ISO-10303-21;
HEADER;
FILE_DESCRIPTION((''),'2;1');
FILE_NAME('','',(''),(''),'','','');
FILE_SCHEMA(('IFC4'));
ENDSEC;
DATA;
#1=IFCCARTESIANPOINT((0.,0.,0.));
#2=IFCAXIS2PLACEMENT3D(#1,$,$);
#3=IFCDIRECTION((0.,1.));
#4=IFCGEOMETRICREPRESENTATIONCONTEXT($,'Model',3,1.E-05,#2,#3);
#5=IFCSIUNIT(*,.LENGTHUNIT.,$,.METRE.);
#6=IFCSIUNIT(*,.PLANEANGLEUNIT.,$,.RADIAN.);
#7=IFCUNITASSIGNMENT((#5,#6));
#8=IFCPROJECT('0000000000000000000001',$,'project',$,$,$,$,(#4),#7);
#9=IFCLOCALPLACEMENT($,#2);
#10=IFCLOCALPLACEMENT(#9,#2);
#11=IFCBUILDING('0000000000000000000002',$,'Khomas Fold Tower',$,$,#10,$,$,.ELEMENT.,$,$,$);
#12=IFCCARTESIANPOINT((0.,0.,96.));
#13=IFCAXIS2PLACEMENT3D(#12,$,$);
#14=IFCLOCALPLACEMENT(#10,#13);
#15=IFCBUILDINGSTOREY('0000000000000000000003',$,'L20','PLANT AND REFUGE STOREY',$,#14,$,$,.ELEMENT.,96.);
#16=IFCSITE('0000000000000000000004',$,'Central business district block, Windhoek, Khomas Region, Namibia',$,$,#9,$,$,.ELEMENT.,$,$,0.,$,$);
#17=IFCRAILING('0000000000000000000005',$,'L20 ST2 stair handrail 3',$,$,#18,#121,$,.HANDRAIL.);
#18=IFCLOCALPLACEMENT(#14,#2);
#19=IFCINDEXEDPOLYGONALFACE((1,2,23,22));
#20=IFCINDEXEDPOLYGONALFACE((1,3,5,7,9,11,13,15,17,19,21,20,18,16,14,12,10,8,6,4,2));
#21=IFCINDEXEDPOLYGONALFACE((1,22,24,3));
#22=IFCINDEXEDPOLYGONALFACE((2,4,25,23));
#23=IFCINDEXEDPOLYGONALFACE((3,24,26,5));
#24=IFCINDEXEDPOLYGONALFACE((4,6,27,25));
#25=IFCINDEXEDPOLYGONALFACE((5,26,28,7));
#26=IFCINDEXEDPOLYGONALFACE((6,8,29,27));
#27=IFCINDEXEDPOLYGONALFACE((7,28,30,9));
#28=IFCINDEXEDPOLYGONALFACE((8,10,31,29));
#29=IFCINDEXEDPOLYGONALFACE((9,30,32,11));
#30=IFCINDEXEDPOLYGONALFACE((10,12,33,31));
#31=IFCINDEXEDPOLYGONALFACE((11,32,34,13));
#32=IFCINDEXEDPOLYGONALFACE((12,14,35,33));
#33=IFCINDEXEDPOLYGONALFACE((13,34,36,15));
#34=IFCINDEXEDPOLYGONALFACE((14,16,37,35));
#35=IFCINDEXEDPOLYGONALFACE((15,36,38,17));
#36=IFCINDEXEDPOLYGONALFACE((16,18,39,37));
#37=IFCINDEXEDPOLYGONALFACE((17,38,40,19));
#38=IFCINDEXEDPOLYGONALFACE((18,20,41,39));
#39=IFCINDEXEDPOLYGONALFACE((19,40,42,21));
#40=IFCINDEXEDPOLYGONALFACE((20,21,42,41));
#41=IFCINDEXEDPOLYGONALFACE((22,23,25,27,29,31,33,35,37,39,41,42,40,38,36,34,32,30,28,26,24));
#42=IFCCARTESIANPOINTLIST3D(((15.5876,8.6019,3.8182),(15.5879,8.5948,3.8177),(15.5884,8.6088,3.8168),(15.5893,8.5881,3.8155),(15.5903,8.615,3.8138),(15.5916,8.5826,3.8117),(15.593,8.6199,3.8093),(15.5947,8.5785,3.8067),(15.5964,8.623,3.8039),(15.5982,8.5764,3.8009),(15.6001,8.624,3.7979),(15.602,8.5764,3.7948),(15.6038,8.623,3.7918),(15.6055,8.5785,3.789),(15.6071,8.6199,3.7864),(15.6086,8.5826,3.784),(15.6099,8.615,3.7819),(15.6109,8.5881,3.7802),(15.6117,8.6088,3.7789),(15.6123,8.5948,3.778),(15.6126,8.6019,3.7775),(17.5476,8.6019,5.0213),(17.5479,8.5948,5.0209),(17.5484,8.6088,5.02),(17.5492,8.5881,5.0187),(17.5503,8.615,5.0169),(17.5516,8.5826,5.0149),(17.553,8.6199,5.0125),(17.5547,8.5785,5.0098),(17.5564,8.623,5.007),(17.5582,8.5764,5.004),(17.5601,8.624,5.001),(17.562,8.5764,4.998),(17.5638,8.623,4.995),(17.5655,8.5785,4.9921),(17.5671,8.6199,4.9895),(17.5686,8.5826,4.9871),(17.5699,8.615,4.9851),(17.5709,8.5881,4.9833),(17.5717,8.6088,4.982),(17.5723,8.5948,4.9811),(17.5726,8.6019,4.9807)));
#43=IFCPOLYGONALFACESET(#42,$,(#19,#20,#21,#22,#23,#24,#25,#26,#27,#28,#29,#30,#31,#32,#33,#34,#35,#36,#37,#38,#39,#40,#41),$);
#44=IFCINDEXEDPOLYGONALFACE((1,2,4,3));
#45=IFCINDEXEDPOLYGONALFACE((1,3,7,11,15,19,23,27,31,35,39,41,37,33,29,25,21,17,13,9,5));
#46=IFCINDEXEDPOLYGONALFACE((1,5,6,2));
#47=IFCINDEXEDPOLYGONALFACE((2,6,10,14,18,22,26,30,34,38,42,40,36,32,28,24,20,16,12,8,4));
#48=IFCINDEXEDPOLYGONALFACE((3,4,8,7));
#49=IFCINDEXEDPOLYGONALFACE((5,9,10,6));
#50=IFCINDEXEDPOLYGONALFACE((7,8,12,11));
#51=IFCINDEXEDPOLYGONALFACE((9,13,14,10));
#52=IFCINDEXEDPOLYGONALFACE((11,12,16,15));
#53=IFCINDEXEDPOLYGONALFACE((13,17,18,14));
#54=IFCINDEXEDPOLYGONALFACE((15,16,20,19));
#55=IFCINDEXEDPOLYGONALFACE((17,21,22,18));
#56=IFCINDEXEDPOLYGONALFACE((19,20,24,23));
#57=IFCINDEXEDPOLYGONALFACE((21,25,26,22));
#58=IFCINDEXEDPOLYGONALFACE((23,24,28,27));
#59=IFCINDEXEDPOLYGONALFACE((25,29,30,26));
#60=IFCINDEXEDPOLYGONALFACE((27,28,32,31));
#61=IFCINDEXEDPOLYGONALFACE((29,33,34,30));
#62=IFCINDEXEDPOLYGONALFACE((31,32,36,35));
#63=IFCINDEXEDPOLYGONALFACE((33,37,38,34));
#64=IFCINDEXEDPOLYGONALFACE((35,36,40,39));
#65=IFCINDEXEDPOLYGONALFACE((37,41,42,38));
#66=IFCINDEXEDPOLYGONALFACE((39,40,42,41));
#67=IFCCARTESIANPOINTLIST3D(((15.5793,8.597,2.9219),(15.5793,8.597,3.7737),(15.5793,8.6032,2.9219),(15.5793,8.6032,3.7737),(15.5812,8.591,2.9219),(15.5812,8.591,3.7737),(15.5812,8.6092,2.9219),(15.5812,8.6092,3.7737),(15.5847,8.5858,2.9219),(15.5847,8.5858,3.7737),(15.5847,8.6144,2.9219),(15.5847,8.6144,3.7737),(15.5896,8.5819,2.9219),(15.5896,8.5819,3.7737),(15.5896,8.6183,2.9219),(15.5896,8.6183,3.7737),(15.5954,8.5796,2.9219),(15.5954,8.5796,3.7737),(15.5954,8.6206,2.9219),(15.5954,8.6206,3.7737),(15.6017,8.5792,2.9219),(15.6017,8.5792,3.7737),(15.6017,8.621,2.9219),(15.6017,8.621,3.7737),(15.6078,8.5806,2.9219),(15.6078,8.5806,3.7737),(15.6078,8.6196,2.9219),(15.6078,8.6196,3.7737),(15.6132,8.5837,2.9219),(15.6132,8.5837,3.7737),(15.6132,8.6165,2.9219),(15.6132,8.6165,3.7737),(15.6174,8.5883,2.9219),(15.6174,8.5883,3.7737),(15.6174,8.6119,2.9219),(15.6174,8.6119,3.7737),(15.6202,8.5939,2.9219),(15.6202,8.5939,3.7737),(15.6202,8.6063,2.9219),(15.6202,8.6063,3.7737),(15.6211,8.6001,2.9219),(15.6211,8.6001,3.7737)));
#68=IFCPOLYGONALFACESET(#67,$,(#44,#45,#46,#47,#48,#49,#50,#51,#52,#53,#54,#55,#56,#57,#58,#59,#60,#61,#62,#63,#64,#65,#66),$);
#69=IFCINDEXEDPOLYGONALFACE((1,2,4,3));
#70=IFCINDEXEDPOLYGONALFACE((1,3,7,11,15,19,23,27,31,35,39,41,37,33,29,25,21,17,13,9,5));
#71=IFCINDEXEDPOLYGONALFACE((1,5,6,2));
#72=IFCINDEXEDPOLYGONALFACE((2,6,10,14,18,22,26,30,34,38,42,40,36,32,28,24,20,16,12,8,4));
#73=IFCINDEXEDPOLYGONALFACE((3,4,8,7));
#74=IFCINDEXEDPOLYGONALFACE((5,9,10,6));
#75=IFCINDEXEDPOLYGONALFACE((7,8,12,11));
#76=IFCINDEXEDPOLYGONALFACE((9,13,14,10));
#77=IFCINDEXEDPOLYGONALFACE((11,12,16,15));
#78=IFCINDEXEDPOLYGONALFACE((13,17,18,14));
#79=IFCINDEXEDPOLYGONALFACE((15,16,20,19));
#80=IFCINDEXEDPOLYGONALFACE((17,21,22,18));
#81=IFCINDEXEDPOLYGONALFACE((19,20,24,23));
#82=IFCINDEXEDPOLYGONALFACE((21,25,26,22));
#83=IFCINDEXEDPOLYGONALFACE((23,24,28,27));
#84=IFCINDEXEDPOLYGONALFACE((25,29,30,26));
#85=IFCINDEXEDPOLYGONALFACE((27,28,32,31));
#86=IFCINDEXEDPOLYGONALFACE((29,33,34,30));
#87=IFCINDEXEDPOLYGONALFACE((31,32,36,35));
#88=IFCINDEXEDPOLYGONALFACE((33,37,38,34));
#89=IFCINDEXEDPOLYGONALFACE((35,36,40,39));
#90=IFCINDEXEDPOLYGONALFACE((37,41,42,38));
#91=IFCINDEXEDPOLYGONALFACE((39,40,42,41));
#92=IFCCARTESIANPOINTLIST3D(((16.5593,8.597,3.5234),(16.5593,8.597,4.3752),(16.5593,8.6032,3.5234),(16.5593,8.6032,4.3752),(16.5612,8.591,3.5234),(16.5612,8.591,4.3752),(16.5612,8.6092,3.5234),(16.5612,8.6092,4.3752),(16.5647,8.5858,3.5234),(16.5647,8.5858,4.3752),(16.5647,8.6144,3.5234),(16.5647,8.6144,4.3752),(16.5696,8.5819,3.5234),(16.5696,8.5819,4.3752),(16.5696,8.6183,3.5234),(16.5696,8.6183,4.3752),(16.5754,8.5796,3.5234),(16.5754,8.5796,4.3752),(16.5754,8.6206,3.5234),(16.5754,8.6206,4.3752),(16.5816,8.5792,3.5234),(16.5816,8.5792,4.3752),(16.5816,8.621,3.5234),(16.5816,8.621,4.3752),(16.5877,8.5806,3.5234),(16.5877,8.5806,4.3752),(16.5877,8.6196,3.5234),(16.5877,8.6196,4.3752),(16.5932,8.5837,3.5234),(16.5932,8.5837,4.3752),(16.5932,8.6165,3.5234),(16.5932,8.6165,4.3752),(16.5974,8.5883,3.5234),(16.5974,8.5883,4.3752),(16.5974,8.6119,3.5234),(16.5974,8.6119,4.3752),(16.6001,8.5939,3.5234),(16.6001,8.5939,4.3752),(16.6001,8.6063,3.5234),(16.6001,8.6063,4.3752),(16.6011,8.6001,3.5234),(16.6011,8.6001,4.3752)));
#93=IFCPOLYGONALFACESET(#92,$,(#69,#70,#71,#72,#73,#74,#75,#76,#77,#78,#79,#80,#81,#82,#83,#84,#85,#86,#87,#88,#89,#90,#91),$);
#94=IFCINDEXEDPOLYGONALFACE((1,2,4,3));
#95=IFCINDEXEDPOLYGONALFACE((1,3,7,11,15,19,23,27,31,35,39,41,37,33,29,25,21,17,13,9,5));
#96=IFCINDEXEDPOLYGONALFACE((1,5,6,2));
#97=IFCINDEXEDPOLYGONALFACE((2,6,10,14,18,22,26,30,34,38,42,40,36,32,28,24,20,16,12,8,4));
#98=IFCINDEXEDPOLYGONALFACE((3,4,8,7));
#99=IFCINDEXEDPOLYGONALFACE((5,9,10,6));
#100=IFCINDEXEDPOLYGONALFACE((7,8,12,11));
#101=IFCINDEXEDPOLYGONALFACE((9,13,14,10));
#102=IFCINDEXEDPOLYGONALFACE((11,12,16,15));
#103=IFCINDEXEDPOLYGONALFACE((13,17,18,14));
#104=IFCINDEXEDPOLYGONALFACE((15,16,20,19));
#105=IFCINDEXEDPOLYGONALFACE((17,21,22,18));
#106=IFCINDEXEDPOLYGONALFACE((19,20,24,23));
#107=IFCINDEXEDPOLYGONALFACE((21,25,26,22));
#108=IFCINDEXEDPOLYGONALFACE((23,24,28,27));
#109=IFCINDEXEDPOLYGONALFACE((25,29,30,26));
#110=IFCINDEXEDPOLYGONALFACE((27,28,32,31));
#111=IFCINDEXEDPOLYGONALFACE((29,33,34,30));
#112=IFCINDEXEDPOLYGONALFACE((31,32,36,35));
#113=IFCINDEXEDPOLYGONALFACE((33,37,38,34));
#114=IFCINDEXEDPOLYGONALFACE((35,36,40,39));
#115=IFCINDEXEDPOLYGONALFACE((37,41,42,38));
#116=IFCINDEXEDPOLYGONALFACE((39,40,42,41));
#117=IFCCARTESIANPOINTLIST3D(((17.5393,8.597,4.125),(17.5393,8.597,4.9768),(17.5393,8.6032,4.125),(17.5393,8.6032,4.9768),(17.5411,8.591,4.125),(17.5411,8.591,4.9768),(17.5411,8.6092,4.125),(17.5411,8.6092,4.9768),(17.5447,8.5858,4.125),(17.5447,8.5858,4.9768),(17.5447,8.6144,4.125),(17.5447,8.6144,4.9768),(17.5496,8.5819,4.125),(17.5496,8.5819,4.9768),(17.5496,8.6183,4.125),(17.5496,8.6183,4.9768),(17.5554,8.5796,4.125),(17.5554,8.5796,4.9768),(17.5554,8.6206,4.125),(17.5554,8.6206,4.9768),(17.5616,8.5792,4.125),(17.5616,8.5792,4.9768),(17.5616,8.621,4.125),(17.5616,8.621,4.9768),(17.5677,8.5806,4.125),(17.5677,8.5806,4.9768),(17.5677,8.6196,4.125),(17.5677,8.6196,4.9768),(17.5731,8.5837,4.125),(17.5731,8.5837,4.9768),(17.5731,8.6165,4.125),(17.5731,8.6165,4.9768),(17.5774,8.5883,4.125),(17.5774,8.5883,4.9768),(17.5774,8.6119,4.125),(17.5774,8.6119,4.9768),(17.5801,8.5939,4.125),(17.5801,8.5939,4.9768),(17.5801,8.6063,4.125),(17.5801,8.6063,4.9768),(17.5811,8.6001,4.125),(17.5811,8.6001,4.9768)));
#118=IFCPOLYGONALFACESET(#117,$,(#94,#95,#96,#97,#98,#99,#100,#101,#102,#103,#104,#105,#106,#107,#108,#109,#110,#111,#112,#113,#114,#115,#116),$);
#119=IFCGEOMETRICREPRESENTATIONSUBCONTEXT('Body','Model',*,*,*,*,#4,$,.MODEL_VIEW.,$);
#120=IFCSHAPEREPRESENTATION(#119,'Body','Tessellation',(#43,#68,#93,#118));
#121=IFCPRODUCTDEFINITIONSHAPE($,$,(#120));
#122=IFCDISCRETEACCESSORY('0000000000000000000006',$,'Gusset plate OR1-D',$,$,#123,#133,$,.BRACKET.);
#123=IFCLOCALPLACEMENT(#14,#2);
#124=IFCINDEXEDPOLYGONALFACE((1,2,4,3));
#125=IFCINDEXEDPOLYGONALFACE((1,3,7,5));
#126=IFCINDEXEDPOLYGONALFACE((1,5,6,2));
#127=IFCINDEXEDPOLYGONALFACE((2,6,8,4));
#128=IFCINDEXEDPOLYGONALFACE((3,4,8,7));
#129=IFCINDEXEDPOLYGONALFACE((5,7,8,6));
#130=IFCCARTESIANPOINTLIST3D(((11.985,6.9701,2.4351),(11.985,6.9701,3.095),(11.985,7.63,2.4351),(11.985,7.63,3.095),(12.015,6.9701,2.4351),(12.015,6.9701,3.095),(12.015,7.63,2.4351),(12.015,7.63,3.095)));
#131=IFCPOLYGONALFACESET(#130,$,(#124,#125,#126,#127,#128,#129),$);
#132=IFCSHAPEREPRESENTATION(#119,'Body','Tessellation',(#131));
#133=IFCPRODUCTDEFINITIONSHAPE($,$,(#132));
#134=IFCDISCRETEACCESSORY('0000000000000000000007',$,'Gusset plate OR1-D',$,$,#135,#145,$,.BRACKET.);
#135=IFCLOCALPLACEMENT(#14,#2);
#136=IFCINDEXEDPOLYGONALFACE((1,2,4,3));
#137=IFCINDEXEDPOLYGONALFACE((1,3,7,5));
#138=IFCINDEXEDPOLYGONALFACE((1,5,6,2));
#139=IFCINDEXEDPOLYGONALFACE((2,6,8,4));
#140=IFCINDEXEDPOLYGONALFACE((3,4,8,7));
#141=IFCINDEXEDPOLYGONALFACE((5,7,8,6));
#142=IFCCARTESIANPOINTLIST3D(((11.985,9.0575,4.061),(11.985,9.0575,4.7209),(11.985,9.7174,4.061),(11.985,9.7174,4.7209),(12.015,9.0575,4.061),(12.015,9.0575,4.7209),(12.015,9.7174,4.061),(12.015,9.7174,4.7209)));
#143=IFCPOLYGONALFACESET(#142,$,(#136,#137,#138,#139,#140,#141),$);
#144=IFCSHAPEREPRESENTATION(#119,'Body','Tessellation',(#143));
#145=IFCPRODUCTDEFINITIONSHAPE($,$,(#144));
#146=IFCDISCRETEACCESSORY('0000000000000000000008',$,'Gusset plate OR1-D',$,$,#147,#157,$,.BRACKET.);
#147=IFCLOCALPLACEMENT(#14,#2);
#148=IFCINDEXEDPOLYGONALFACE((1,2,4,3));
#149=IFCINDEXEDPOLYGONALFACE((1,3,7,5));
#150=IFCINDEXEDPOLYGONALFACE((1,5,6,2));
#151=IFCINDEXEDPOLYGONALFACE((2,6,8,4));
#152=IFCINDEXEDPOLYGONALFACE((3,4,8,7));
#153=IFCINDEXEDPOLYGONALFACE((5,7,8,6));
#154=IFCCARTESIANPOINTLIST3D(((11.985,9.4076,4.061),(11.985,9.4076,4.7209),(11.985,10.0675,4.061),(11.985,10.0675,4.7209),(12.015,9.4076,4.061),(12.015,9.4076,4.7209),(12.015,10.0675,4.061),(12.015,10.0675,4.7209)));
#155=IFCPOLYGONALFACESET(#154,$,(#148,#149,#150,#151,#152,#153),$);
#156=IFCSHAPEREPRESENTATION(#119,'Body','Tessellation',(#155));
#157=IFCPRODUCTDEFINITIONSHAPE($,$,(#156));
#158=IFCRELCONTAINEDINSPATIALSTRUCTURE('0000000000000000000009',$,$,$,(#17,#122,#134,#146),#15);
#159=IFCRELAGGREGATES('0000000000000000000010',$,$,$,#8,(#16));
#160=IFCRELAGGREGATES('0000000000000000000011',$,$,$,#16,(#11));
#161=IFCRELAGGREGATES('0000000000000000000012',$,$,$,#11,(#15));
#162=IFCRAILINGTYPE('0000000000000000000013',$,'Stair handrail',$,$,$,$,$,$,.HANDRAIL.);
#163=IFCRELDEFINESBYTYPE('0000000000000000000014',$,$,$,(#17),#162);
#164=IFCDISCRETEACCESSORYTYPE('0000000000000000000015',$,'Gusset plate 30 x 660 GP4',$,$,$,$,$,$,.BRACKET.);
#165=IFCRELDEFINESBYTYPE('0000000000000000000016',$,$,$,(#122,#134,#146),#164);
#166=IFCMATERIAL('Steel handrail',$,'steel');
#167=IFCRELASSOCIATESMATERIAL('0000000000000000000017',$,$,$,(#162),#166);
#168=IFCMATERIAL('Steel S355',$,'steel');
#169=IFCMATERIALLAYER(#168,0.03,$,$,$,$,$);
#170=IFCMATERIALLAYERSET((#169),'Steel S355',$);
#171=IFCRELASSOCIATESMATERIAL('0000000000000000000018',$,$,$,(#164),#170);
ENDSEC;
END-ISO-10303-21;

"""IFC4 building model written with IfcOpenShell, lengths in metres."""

from ifc_helpers import new_model, si_unit, direction, frame, origin, origin_2d, place, context, subcontext, project, spatial, rectangle, circle, extrude, source, transform, mapped, material, layer, layer_set, type_object, element, save


model = new_model("IFC4")

# Units and contexts
model_context = context("Model", 3, precision=1e-05, world=origin(), true_north=direction((0.0, 1.0)))
body_context = subcontext(model_context, "Body", "Model", "MODEL_VIEW")
ifc_project = project(units=[si_unit("LENGTHUNIT", "METRE"), si_unit("PLANEANGLEUNIT", "RADIAN")], contexts=[model_context])

# Site, building, storey
site_placement = place(None, origin())
site = spatial("IfcSite", under=ifc_project, at=site_placement, Name="Central business district block, Windhoek, Khomas Region, Namibia", CompositionType="ELEMENT", RefElevation=0.0)
building_placement = place(site_placement, origin())
building = spatial("IfcBuilding", under=site, at=building_placement, Name="Khomas Fold Tower", CompositionType="ELEMENT")
storey_placement = place(building_placement, frame((0.0, 0.0, 96.0)))
storey = spatial("IfcBuildingStorey", under=building, at=storey_placement, Name="L20", Description="PLANT AND REFUGE STOREY", CompositionType="ELEMENT", Elevation=96.0)

# Railing
ifc_material_1 = material(Name="Steel handrail", Category="steel")
railing_type_1 = type_object("IfcRailingType", Name="Stair handrail", PredefinedType="HANDRAIL", material=ifc_material_1)
shared_shape_1 = source(origin(), body_context, "Body", "SweptSolid", [
    extrude(circle(Radius=0.0239, at=origin_2d()), frame((0.0, 0.0, 0.876), z_axis=(0.852241, 0.0, 0.523149), x_axis=(0.0, 1.0, 0.0)), (0.0, 0.0, 1.0), 2.2998),
    extrude(circle(Radius=0.021, at=origin_2d()), origin(), (0.0, 0.0, 1.0), 0.8518),
    extrude(circle(Radius=0.021, at=origin_2d()), frame((0.98, 0.0, 0.6016)), (0.0, 0.0, 1.0), 0.8518),
    extrude(circle(Radius=0.021, at=origin_2d()), frame((1.96, 0.0, 1.2031)), (0.0, 0.0, 1.0), 0.8518),
])
for number, where, name in (
    (1, (15.6001, 8.6001, 2.9219), "L20 ST2 stair handrail 3"),
):
    element("IfcRailing", number, at=place(storey_placement, frame(where)), inside=storey, type_object=railing_type_1, Name=name, PredefinedType="HANDRAIL", context=body_context, shape_type="MappedRepresentation", body=[
        mapped(shared_shape_1, transform((0.0, 0.0, 0.0))),
    ])

# Discrete accessories
ifc_material_2 = material(Name="Steel S355", Category="steel")
ifc_layer_1 = layer(ifc_material_2, 0.03)
ifc_layer_set_1 = layer_set([ifc_layer_1], Name="Steel S355")
discrete_accessory_type = type_object("IfcDiscreteAccessoryType", Name="Gusset plate 30 x 660 GP4", PredefinedType="BRACKET", material=ifc_layer_set_1)
shared_shape_2 = source(origin(), body_context, "Body", "SweptSolid", [
    extrude(rectangle(XDim=0.6599, YDim=0.03, at=origin_2d()), origin(), (0.0, 0.0, 1.0), 0.6599),
])
for number, where, z_axis, x_axis, name in (
    (2, (12.0, 7.3, 2.4351), (0.0, 0.0, 1.0), (0.0, 1.0, 0.0), "Gusset plate OR1-D"),
    (3, (12.0, 9.3875, 4.061), (0.0, 0.0, 1.0), (0.0, 1.0, 0.0), "Gusset plate OR1-D"),
    (4, (12.0, 9.7375, 4.061), (0.0, 0.0, 1.0), (0.0, 1.0, 0.0), "Gusset plate OR1-D"),
):
    element("IfcDiscreteAccessory", number, at=place(storey_placement, frame(where, z_axis=z_axis, x_axis=x_axis)), inside=storey, type_object=discrete_accessory_type, Name=name, PredefinedType="BRACKET", context=body_context, shape_type="MappedRepresentation", body=[
        mapped(shared_shape_2, transform((0.0, 0.0, 0.0))),
    ])

save(model, "model.ifc")
